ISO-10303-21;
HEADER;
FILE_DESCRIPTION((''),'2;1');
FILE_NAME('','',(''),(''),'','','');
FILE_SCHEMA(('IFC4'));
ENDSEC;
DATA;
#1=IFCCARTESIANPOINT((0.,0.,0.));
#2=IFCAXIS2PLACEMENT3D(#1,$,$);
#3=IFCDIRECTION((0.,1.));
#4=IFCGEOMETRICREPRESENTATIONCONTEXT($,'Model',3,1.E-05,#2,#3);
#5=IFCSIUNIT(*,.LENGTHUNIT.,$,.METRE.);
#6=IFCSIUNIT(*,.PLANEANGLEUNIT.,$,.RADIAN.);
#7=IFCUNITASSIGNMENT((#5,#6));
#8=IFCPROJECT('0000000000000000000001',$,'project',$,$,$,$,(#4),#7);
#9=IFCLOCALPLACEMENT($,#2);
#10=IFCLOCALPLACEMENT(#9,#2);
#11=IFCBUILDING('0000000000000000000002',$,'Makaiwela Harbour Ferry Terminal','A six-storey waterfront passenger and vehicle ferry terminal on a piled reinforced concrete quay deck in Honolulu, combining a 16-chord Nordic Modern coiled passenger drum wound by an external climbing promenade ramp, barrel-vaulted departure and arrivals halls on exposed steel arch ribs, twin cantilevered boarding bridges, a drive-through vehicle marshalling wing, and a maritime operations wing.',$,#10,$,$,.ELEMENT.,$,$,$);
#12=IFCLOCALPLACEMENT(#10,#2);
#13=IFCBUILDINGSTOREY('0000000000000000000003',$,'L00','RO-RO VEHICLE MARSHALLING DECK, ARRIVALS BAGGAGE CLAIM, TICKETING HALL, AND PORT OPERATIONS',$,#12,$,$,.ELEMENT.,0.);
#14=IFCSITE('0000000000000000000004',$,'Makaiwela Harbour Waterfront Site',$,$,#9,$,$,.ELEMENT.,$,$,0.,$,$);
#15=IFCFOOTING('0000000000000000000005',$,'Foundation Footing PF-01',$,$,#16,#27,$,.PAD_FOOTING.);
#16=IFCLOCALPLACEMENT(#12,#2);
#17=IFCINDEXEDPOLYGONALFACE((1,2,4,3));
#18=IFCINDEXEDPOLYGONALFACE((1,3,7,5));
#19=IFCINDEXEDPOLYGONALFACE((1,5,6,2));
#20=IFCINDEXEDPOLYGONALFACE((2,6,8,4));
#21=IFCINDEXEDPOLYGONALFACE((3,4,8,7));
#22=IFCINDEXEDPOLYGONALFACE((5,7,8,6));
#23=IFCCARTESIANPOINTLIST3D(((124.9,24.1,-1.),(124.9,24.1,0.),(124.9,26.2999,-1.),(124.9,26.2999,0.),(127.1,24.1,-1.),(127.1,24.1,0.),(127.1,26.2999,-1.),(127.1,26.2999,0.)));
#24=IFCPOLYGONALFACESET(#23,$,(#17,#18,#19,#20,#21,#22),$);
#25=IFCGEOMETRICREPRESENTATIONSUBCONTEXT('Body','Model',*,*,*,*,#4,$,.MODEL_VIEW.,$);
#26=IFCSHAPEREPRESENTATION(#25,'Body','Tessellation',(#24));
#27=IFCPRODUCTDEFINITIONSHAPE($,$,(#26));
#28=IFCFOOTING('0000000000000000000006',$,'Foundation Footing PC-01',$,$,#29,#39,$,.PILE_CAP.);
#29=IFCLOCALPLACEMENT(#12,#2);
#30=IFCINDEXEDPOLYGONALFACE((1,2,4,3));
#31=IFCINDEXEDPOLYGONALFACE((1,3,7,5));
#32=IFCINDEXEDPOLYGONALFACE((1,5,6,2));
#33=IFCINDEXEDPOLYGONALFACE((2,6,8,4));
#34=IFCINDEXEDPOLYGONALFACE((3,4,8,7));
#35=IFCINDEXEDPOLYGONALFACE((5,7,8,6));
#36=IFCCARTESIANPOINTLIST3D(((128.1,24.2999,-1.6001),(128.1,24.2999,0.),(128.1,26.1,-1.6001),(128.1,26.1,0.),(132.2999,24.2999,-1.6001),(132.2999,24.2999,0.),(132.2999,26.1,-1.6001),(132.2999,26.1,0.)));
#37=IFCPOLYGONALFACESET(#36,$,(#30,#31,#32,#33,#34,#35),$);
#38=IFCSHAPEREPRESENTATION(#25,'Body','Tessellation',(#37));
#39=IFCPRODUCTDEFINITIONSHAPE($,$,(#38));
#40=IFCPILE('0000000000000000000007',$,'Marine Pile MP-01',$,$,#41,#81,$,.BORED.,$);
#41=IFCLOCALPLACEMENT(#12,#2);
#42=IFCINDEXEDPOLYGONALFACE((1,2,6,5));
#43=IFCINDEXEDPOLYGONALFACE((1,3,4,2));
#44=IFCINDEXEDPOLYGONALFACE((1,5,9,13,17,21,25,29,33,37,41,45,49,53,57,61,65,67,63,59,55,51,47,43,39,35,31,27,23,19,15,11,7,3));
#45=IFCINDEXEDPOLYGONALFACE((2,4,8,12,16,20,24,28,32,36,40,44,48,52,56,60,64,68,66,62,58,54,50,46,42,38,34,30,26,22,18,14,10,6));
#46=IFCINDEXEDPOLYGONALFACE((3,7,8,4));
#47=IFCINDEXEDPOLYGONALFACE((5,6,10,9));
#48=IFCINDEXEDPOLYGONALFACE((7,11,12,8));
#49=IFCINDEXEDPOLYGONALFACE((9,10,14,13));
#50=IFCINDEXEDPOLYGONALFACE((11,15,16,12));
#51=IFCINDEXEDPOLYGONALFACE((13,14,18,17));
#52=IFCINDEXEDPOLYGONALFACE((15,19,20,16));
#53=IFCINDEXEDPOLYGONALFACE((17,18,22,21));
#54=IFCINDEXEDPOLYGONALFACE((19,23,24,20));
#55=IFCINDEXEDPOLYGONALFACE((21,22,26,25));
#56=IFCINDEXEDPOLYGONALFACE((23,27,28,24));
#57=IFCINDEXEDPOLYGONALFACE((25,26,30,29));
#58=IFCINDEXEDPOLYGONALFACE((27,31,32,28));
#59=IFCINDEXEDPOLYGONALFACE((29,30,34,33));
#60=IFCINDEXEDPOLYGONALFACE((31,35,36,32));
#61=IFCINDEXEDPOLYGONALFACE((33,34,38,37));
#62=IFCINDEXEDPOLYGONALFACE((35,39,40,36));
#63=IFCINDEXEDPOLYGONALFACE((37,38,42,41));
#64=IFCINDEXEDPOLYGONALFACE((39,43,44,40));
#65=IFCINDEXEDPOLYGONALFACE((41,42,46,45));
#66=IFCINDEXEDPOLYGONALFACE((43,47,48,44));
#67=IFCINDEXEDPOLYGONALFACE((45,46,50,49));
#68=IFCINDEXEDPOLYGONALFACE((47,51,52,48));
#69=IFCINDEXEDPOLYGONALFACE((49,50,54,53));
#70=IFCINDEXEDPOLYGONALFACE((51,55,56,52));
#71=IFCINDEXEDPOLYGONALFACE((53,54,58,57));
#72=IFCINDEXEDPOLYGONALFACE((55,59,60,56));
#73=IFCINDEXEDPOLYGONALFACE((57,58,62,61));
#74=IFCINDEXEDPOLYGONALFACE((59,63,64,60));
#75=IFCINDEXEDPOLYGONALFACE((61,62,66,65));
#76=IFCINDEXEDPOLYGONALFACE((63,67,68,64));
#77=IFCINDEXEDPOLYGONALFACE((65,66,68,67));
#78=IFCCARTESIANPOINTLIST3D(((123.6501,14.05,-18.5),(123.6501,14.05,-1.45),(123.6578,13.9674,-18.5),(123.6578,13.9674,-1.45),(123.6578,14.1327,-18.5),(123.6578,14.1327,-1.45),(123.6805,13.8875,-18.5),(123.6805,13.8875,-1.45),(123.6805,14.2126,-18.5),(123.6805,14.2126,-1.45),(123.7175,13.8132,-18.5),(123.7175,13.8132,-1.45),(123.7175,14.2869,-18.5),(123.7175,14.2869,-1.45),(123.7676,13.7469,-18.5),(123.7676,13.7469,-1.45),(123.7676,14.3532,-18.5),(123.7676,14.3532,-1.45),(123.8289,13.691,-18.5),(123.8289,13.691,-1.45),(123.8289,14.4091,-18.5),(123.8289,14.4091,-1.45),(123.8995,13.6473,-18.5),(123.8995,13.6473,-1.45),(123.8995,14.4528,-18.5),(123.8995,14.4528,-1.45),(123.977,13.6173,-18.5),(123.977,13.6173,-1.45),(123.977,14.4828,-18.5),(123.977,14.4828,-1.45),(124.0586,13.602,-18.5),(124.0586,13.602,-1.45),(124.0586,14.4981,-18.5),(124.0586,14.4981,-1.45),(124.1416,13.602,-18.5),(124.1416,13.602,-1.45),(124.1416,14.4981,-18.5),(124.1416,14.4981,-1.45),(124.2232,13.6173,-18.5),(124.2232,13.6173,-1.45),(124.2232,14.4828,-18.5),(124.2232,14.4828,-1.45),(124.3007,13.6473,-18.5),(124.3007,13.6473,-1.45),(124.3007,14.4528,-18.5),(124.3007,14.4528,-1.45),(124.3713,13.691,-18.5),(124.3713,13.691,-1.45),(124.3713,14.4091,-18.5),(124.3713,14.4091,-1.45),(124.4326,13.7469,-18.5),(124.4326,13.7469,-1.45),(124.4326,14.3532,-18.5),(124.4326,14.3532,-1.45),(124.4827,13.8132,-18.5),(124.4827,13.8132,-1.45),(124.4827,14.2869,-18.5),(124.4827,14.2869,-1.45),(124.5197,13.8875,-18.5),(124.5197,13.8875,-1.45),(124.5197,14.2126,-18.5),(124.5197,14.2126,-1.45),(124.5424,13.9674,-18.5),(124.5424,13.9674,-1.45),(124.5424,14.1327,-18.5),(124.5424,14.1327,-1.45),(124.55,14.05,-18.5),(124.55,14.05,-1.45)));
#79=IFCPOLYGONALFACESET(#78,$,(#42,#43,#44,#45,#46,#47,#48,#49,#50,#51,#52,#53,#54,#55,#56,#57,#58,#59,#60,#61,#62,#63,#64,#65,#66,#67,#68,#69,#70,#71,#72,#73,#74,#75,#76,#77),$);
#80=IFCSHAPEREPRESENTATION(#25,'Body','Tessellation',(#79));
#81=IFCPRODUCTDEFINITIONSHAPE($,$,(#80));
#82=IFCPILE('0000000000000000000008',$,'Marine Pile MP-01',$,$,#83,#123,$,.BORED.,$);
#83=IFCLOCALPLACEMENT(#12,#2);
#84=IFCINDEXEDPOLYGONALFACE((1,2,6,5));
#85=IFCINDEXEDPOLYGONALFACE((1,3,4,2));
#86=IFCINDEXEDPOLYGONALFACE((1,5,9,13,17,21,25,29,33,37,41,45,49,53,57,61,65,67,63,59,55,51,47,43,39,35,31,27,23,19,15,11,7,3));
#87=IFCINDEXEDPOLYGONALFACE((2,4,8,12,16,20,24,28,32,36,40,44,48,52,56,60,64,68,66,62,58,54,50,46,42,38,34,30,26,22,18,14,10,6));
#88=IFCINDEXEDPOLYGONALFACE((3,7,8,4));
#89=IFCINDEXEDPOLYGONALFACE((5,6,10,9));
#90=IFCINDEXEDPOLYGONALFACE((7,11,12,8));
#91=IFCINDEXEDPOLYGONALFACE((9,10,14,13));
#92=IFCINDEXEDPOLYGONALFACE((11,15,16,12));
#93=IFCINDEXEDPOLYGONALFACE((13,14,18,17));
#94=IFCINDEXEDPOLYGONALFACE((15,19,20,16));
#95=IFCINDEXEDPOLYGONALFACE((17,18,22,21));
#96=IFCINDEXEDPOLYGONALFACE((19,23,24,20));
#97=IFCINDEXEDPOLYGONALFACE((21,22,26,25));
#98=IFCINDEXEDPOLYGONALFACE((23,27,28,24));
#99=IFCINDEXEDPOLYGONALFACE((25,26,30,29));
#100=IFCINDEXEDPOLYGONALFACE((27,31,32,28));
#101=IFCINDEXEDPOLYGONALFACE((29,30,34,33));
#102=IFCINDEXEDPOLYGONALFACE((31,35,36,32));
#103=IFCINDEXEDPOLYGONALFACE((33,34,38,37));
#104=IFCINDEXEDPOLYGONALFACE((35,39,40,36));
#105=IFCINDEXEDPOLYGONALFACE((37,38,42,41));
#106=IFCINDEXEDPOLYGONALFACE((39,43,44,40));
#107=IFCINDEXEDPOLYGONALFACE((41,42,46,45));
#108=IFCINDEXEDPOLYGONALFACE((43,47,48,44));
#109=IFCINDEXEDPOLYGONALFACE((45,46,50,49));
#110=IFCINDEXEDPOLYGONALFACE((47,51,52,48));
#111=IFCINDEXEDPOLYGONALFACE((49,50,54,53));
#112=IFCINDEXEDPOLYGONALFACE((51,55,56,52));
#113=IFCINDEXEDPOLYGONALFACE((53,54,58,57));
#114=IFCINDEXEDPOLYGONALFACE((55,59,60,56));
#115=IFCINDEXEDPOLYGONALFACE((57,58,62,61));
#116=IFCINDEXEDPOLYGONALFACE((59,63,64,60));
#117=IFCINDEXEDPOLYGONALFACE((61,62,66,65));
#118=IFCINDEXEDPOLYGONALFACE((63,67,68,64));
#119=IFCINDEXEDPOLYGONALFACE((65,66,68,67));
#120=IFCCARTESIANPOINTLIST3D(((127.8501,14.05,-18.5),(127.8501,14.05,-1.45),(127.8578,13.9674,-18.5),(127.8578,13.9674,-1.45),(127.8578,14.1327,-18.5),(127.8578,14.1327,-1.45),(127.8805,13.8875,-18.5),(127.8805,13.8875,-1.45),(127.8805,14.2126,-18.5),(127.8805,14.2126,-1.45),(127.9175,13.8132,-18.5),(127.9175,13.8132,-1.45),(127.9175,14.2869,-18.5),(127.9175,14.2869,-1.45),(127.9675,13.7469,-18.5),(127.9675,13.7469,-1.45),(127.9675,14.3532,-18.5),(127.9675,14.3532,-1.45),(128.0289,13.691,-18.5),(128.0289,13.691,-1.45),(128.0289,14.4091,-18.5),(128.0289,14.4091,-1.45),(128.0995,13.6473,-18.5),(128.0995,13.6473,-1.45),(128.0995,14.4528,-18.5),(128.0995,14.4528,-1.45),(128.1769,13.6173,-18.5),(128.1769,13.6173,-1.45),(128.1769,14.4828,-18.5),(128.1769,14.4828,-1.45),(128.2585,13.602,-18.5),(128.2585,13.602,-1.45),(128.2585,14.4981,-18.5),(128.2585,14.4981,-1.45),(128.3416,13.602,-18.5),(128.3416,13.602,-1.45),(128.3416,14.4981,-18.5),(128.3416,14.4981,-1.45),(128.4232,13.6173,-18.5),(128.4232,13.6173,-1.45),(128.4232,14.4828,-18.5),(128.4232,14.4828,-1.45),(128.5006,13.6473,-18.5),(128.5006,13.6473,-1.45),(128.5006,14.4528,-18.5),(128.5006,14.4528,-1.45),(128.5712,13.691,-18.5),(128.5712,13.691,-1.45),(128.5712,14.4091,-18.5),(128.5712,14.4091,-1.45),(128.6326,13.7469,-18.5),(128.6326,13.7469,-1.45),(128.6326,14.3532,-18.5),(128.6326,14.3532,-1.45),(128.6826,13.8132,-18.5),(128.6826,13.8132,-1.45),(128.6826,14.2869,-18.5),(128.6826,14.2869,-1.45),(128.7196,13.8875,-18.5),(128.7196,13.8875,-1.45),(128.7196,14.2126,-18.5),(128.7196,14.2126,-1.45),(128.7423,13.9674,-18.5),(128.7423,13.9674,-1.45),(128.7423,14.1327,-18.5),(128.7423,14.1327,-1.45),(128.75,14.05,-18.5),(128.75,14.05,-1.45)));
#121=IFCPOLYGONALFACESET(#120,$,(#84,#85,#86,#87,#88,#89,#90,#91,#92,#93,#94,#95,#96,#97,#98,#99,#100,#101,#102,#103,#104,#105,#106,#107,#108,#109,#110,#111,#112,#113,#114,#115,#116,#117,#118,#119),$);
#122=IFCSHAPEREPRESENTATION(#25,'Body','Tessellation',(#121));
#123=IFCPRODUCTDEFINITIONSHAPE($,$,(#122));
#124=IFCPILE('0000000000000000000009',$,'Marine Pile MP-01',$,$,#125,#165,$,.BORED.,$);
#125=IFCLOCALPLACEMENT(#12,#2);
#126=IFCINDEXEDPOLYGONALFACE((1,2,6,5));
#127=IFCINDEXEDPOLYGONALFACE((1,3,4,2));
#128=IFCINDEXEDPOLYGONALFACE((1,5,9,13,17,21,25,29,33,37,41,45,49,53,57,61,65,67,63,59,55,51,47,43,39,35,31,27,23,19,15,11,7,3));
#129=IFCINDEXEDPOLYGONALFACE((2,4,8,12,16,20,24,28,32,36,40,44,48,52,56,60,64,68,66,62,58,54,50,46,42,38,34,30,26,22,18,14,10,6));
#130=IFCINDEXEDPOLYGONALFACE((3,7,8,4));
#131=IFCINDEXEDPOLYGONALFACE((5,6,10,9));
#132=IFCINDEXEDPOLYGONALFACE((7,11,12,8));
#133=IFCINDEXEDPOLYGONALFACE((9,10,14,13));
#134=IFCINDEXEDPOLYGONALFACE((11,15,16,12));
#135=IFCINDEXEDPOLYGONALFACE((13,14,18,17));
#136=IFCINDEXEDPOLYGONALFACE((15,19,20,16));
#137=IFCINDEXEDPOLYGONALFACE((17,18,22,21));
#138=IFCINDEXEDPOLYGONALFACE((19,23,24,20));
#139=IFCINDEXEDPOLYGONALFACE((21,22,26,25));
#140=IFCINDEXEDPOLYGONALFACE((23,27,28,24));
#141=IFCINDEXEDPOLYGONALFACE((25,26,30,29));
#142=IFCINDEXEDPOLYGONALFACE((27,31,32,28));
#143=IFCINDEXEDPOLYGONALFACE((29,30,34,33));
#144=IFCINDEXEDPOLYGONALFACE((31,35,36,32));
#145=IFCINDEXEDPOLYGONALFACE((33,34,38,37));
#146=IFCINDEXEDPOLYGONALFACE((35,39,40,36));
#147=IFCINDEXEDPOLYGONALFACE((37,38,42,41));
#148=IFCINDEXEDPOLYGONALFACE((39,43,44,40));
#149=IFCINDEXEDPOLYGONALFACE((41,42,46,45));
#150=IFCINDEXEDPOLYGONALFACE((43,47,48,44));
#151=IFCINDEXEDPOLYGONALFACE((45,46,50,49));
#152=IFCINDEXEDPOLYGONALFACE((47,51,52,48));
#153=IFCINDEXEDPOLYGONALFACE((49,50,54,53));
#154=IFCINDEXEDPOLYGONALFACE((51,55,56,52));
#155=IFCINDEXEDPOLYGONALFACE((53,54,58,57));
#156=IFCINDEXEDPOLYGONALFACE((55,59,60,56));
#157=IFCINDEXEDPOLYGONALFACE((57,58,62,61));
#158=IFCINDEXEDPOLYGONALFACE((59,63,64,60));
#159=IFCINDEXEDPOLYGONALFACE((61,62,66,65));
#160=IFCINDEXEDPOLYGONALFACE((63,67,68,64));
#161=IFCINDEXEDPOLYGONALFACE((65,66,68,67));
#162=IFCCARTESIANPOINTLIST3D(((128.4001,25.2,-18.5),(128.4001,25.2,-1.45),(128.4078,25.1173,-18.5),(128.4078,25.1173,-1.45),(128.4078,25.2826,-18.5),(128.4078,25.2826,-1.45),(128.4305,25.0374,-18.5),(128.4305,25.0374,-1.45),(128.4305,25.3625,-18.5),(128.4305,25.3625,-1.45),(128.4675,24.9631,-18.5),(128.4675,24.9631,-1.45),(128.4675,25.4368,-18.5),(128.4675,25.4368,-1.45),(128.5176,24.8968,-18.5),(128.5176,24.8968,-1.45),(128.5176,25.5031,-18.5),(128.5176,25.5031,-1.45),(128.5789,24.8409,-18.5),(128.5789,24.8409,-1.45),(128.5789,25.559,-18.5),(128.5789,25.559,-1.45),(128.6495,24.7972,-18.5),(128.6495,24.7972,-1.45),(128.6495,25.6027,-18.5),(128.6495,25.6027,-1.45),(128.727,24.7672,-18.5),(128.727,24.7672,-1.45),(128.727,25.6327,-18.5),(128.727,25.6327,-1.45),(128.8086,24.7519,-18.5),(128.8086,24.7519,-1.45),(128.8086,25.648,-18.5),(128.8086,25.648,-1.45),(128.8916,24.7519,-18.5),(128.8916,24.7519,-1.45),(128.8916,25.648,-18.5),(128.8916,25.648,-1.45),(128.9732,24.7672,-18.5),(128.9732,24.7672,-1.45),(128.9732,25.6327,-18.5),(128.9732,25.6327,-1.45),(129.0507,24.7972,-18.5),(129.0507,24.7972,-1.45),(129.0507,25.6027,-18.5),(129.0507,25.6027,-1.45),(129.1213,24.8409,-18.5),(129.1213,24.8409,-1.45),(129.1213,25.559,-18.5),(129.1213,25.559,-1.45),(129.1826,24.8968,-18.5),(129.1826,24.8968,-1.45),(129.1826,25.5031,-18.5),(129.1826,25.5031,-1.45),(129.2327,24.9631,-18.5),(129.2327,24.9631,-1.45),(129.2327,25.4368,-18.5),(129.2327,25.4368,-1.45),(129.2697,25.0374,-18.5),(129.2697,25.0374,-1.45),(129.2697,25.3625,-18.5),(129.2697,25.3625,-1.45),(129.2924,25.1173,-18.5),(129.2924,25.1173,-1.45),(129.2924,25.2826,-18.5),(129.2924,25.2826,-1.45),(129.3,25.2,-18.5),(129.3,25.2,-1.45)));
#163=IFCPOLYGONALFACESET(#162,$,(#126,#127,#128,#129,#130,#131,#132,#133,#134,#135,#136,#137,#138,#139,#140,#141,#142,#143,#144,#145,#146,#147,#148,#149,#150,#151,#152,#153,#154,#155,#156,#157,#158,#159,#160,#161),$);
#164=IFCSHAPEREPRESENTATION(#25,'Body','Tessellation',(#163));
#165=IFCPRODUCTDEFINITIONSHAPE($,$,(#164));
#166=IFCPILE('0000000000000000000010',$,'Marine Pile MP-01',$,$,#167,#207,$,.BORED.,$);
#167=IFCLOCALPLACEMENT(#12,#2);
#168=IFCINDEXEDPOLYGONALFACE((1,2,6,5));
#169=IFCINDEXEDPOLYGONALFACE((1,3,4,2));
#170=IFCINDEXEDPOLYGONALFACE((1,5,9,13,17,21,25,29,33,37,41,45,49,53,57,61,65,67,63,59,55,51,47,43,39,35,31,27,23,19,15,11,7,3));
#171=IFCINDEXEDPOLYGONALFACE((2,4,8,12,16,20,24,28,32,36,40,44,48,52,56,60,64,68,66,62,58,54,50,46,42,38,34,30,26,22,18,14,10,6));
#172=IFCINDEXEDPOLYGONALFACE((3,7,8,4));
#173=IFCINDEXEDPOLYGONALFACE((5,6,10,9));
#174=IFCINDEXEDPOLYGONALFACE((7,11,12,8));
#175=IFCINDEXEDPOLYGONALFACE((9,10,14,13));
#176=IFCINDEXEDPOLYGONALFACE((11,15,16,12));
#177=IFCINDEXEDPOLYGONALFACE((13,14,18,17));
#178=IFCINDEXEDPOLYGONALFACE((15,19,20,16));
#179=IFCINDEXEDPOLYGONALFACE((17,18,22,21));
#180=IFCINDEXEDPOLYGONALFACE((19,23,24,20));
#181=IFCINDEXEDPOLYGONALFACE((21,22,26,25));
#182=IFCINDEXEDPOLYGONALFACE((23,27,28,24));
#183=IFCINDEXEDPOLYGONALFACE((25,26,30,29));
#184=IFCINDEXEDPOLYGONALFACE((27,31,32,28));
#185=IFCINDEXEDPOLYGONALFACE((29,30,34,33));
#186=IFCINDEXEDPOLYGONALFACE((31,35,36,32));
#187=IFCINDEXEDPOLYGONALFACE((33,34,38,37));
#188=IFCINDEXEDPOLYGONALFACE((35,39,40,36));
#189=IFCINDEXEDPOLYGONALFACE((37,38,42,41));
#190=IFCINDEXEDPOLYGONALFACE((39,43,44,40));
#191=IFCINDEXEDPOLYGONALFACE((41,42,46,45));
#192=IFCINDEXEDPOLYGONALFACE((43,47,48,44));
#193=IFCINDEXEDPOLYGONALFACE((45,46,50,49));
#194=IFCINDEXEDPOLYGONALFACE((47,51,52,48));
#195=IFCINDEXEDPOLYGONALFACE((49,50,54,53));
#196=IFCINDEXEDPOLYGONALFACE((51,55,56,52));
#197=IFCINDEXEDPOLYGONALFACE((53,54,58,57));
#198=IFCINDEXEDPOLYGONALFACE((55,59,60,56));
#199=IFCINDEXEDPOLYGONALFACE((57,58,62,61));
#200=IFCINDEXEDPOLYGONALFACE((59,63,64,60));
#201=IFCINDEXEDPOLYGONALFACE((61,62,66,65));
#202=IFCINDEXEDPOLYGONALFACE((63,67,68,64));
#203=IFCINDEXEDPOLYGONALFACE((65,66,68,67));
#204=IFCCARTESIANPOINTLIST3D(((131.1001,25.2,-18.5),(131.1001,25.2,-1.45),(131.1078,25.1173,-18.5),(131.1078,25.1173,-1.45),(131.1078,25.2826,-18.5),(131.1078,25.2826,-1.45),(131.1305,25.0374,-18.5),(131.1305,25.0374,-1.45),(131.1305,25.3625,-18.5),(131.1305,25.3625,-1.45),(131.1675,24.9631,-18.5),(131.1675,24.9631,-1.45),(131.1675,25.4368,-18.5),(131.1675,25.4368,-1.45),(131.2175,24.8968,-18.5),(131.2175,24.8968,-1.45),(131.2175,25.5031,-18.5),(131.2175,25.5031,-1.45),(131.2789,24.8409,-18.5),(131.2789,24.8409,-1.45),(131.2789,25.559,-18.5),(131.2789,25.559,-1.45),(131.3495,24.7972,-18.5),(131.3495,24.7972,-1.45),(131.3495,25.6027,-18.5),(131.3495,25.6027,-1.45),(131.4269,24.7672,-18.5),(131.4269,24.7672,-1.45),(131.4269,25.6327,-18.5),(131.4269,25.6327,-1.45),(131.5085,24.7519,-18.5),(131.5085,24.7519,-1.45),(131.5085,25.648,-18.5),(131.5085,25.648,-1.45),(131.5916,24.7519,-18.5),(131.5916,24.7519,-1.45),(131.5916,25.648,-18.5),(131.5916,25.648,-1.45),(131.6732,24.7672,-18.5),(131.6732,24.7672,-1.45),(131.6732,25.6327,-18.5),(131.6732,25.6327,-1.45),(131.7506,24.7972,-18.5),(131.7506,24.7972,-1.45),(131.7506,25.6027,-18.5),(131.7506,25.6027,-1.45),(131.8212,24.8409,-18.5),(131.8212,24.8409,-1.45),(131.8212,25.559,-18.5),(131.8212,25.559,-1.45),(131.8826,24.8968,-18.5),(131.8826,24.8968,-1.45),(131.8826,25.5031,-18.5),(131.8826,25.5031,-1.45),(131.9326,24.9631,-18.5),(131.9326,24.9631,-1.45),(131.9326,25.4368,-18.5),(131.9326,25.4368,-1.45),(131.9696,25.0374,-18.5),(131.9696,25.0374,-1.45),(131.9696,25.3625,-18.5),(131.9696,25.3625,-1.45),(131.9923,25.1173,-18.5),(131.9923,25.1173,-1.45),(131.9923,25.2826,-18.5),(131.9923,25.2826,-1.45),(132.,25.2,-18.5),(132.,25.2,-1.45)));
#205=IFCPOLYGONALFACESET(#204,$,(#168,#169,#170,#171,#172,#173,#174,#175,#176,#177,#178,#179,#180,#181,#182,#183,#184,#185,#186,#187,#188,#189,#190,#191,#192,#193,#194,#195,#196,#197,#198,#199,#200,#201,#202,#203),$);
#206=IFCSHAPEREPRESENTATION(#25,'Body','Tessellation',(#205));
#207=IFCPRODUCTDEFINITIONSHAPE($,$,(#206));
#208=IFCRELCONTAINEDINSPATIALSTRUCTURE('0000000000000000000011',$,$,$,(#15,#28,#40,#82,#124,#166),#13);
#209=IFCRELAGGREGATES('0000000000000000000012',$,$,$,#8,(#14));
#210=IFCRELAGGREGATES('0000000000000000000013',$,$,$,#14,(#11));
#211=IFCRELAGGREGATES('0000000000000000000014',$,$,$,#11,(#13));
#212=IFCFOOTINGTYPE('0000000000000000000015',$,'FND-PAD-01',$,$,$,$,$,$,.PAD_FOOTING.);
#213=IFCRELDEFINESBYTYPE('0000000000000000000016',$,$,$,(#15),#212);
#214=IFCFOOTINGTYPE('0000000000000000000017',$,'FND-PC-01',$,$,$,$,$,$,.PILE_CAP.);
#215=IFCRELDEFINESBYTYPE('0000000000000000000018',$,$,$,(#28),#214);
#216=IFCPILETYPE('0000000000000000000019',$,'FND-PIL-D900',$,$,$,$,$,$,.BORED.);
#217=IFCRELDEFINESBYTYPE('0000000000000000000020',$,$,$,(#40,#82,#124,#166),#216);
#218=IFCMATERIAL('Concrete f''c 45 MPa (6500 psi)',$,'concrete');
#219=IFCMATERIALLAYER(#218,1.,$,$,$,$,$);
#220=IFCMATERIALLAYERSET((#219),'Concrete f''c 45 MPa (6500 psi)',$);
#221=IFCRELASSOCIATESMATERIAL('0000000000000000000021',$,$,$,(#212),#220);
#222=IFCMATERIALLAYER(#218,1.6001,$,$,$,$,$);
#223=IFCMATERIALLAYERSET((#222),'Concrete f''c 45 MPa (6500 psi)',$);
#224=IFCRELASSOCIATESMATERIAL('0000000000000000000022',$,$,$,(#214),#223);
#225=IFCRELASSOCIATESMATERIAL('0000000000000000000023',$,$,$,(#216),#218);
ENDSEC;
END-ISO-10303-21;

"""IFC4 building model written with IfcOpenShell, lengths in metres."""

from ifc_helpers import new_model, si_unit, direction, frame, origin, origin_2d, place, context, subcontext, project, spatial, rectangle, circle, extrude, material, layer, layer_set, material_profile, profile_set, type_object, element, save


model = new_model("IFC4")

# Units and contexts
model_context = context("Model", 3, precision=1e-05, world=origin(), true_north=direction((0.0, 1.0)))
body_context = subcontext(model_context, "Body", "Model", "MODEL_VIEW")
ifc_project = project(units=[si_unit("LENGTHUNIT", "METRE"), si_unit("PLANEANGLEUNIT", "RADIAN")], contexts=[model_context])

# Site, building, storey
site_placement = place(None, origin())
site = spatial("IfcSite", under=ifc_project, at=site_placement, Name="Makaiwela Harbour Waterfront Site", CompositionType="ELEMENT", RefElevation=0.0)
building_placement = place(site_placement, origin())
building = spatial("IfcBuilding", under=site, at=building_placement, Name="Makaiwela Harbour Ferry Terminal", Description="A six-storey waterfront passenger and vehicle ferry terminal on a piled reinforced concrete quay deck in Honolulu, combining a 16-chord Nordic Modern coiled passenger drum wound by an external climbing promenade ramp, barrel-vaulted departure and arrivals halls on exposed steel arch ribs, twin cantilevered boarding bridges, a drive-through vehicle marshalling wing, and a maritime operations wing.", CompositionType="ELEMENT")
storey_placement = place(building_placement, origin())
storey = spatial("IfcBuildingStorey", under=building, at=storey_placement, Name="L00", Description="RO-RO VEHICLE MARSHALLING DECK, ARRIVALS BAGGAGE CLAIM, TICKETING HALL, AND PORT OPERATIONS", CompositionType="ELEMENT", Elevation=0.0)

# Footings
ifc_material_1 = material(Name="Concrete f'c 45 MPa (6500 psi)", Category="concrete")
ifc_layer_1 = layer(ifc_material_1, 1.0)
ifc_layer_set_1 = layer_set([ifc_layer_1], Name="Concrete f'c 45 MPa (6500 psi)")
footing_type_1 = type_object("IfcFootingType", Name="FND-PAD-01", PredefinedType="PAD_FOOTING", material=ifc_layer_set_1)
footing_1_placement = place(storey_placement, frame((126.0, 25.2, -1.0), z_axis=(0.0, 0.0, 1.0), x_axis=(1.0, 0.0, 0.0)))
element("IfcFooting", 1, at=footing_1_placement, inside=storey, type_object=footing_type_1, Name="Foundation Footing PF-01", PredefinedType="PAD_FOOTING", context=body_context, shape_type="SweptSolid", body=[
    extrude(rectangle(XDim=2.2, YDim=2.2, at=origin_2d()), origin(), (0.0, 0.0, 1.0), 1.0),
])
ifc_layer_2 = layer(ifc_material_1, 1.6001)
ifc_layer_set_2 = layer_set([ifc_layer_2], Name="Concrete f'c 45 MPa (6500 psi)")
footing_type_2 = type_object("IfcFootingType", Name="FND-PC-01", PredefinedType="PILE_CAP", material=ifc_layer_set_2)
footing_2_placement = place(storey_placement, frame((130.2, 25.2, -1.6001), z_axis=(0.0, 0.0, 1.0), x_axis=(1.0, 0.0, 0.0)))
element("IfcFooting", 2, at=footing_2_placement, inside=storey, type_object=footing_type_2, Name="Foundation Footing PC-01", PredefinedType="PILE_CAP", context=body_context, shape_type="SweptSolid", body=[
    extrude(rectangle(XDim=4.2, YDim=1.8, at=origin_2d()), origin(), (0.0, 0.0, 1.0), 1.6001),
])

# Piles
ifc_material_profile_1 = material_profile(ifc_material_1, circle(Radius=0.45, at=origin_2d()), Name="PILE-D900")
ifc_profile_set_1 = profile_set([ifc_material_profile_1], Name="Concrete f'c 45 MPa (6500 psi)")
pile_type = type_object("IfcPileType", Name="FND-PIL-D900", PredefinedType="BORED", material=ifc_profile_set_1)
for number, where, z_axis, x_axis, name in (
    (3, (124.1001, 14.05, -1.45), (0.0, 0.0, -1.0), (1.0, 0.0, 0.0), "Marine Pile MP-01"),
    (4, (128.3, 14.05, -1.45), (0.0, 0.0, -1.0), (1.0, 0.0, 0.0), "Marine Pile MP-01"),
    (5, (128.8501, 25.2, -1.45), (0.0, 0.0, -1.0), (1.0, 0.0, 0.0), "Marine Pile MP-01"),
    (6, (131.55, 25.2, -1.45), (0.0, 0.0, -1.0), (1.0, 0.0, 0.0), "Marine Pile MP-01"),
):
    element("IfcPile", number, at=place(storey_placement, frame(where, z_axis=z_axis, x_axis=x_axis)), inside=storey, type_object=pile_type, Name=name, PredefinedType="BORED", context=body_context, shape_type="SweptSolid", body=[
        extrude(circle(Radius=0.45, at=origin_2d()), origin(), (0.0, 0.0, 1.0), 17.05),
    ])

save(model, "model.ifc")
